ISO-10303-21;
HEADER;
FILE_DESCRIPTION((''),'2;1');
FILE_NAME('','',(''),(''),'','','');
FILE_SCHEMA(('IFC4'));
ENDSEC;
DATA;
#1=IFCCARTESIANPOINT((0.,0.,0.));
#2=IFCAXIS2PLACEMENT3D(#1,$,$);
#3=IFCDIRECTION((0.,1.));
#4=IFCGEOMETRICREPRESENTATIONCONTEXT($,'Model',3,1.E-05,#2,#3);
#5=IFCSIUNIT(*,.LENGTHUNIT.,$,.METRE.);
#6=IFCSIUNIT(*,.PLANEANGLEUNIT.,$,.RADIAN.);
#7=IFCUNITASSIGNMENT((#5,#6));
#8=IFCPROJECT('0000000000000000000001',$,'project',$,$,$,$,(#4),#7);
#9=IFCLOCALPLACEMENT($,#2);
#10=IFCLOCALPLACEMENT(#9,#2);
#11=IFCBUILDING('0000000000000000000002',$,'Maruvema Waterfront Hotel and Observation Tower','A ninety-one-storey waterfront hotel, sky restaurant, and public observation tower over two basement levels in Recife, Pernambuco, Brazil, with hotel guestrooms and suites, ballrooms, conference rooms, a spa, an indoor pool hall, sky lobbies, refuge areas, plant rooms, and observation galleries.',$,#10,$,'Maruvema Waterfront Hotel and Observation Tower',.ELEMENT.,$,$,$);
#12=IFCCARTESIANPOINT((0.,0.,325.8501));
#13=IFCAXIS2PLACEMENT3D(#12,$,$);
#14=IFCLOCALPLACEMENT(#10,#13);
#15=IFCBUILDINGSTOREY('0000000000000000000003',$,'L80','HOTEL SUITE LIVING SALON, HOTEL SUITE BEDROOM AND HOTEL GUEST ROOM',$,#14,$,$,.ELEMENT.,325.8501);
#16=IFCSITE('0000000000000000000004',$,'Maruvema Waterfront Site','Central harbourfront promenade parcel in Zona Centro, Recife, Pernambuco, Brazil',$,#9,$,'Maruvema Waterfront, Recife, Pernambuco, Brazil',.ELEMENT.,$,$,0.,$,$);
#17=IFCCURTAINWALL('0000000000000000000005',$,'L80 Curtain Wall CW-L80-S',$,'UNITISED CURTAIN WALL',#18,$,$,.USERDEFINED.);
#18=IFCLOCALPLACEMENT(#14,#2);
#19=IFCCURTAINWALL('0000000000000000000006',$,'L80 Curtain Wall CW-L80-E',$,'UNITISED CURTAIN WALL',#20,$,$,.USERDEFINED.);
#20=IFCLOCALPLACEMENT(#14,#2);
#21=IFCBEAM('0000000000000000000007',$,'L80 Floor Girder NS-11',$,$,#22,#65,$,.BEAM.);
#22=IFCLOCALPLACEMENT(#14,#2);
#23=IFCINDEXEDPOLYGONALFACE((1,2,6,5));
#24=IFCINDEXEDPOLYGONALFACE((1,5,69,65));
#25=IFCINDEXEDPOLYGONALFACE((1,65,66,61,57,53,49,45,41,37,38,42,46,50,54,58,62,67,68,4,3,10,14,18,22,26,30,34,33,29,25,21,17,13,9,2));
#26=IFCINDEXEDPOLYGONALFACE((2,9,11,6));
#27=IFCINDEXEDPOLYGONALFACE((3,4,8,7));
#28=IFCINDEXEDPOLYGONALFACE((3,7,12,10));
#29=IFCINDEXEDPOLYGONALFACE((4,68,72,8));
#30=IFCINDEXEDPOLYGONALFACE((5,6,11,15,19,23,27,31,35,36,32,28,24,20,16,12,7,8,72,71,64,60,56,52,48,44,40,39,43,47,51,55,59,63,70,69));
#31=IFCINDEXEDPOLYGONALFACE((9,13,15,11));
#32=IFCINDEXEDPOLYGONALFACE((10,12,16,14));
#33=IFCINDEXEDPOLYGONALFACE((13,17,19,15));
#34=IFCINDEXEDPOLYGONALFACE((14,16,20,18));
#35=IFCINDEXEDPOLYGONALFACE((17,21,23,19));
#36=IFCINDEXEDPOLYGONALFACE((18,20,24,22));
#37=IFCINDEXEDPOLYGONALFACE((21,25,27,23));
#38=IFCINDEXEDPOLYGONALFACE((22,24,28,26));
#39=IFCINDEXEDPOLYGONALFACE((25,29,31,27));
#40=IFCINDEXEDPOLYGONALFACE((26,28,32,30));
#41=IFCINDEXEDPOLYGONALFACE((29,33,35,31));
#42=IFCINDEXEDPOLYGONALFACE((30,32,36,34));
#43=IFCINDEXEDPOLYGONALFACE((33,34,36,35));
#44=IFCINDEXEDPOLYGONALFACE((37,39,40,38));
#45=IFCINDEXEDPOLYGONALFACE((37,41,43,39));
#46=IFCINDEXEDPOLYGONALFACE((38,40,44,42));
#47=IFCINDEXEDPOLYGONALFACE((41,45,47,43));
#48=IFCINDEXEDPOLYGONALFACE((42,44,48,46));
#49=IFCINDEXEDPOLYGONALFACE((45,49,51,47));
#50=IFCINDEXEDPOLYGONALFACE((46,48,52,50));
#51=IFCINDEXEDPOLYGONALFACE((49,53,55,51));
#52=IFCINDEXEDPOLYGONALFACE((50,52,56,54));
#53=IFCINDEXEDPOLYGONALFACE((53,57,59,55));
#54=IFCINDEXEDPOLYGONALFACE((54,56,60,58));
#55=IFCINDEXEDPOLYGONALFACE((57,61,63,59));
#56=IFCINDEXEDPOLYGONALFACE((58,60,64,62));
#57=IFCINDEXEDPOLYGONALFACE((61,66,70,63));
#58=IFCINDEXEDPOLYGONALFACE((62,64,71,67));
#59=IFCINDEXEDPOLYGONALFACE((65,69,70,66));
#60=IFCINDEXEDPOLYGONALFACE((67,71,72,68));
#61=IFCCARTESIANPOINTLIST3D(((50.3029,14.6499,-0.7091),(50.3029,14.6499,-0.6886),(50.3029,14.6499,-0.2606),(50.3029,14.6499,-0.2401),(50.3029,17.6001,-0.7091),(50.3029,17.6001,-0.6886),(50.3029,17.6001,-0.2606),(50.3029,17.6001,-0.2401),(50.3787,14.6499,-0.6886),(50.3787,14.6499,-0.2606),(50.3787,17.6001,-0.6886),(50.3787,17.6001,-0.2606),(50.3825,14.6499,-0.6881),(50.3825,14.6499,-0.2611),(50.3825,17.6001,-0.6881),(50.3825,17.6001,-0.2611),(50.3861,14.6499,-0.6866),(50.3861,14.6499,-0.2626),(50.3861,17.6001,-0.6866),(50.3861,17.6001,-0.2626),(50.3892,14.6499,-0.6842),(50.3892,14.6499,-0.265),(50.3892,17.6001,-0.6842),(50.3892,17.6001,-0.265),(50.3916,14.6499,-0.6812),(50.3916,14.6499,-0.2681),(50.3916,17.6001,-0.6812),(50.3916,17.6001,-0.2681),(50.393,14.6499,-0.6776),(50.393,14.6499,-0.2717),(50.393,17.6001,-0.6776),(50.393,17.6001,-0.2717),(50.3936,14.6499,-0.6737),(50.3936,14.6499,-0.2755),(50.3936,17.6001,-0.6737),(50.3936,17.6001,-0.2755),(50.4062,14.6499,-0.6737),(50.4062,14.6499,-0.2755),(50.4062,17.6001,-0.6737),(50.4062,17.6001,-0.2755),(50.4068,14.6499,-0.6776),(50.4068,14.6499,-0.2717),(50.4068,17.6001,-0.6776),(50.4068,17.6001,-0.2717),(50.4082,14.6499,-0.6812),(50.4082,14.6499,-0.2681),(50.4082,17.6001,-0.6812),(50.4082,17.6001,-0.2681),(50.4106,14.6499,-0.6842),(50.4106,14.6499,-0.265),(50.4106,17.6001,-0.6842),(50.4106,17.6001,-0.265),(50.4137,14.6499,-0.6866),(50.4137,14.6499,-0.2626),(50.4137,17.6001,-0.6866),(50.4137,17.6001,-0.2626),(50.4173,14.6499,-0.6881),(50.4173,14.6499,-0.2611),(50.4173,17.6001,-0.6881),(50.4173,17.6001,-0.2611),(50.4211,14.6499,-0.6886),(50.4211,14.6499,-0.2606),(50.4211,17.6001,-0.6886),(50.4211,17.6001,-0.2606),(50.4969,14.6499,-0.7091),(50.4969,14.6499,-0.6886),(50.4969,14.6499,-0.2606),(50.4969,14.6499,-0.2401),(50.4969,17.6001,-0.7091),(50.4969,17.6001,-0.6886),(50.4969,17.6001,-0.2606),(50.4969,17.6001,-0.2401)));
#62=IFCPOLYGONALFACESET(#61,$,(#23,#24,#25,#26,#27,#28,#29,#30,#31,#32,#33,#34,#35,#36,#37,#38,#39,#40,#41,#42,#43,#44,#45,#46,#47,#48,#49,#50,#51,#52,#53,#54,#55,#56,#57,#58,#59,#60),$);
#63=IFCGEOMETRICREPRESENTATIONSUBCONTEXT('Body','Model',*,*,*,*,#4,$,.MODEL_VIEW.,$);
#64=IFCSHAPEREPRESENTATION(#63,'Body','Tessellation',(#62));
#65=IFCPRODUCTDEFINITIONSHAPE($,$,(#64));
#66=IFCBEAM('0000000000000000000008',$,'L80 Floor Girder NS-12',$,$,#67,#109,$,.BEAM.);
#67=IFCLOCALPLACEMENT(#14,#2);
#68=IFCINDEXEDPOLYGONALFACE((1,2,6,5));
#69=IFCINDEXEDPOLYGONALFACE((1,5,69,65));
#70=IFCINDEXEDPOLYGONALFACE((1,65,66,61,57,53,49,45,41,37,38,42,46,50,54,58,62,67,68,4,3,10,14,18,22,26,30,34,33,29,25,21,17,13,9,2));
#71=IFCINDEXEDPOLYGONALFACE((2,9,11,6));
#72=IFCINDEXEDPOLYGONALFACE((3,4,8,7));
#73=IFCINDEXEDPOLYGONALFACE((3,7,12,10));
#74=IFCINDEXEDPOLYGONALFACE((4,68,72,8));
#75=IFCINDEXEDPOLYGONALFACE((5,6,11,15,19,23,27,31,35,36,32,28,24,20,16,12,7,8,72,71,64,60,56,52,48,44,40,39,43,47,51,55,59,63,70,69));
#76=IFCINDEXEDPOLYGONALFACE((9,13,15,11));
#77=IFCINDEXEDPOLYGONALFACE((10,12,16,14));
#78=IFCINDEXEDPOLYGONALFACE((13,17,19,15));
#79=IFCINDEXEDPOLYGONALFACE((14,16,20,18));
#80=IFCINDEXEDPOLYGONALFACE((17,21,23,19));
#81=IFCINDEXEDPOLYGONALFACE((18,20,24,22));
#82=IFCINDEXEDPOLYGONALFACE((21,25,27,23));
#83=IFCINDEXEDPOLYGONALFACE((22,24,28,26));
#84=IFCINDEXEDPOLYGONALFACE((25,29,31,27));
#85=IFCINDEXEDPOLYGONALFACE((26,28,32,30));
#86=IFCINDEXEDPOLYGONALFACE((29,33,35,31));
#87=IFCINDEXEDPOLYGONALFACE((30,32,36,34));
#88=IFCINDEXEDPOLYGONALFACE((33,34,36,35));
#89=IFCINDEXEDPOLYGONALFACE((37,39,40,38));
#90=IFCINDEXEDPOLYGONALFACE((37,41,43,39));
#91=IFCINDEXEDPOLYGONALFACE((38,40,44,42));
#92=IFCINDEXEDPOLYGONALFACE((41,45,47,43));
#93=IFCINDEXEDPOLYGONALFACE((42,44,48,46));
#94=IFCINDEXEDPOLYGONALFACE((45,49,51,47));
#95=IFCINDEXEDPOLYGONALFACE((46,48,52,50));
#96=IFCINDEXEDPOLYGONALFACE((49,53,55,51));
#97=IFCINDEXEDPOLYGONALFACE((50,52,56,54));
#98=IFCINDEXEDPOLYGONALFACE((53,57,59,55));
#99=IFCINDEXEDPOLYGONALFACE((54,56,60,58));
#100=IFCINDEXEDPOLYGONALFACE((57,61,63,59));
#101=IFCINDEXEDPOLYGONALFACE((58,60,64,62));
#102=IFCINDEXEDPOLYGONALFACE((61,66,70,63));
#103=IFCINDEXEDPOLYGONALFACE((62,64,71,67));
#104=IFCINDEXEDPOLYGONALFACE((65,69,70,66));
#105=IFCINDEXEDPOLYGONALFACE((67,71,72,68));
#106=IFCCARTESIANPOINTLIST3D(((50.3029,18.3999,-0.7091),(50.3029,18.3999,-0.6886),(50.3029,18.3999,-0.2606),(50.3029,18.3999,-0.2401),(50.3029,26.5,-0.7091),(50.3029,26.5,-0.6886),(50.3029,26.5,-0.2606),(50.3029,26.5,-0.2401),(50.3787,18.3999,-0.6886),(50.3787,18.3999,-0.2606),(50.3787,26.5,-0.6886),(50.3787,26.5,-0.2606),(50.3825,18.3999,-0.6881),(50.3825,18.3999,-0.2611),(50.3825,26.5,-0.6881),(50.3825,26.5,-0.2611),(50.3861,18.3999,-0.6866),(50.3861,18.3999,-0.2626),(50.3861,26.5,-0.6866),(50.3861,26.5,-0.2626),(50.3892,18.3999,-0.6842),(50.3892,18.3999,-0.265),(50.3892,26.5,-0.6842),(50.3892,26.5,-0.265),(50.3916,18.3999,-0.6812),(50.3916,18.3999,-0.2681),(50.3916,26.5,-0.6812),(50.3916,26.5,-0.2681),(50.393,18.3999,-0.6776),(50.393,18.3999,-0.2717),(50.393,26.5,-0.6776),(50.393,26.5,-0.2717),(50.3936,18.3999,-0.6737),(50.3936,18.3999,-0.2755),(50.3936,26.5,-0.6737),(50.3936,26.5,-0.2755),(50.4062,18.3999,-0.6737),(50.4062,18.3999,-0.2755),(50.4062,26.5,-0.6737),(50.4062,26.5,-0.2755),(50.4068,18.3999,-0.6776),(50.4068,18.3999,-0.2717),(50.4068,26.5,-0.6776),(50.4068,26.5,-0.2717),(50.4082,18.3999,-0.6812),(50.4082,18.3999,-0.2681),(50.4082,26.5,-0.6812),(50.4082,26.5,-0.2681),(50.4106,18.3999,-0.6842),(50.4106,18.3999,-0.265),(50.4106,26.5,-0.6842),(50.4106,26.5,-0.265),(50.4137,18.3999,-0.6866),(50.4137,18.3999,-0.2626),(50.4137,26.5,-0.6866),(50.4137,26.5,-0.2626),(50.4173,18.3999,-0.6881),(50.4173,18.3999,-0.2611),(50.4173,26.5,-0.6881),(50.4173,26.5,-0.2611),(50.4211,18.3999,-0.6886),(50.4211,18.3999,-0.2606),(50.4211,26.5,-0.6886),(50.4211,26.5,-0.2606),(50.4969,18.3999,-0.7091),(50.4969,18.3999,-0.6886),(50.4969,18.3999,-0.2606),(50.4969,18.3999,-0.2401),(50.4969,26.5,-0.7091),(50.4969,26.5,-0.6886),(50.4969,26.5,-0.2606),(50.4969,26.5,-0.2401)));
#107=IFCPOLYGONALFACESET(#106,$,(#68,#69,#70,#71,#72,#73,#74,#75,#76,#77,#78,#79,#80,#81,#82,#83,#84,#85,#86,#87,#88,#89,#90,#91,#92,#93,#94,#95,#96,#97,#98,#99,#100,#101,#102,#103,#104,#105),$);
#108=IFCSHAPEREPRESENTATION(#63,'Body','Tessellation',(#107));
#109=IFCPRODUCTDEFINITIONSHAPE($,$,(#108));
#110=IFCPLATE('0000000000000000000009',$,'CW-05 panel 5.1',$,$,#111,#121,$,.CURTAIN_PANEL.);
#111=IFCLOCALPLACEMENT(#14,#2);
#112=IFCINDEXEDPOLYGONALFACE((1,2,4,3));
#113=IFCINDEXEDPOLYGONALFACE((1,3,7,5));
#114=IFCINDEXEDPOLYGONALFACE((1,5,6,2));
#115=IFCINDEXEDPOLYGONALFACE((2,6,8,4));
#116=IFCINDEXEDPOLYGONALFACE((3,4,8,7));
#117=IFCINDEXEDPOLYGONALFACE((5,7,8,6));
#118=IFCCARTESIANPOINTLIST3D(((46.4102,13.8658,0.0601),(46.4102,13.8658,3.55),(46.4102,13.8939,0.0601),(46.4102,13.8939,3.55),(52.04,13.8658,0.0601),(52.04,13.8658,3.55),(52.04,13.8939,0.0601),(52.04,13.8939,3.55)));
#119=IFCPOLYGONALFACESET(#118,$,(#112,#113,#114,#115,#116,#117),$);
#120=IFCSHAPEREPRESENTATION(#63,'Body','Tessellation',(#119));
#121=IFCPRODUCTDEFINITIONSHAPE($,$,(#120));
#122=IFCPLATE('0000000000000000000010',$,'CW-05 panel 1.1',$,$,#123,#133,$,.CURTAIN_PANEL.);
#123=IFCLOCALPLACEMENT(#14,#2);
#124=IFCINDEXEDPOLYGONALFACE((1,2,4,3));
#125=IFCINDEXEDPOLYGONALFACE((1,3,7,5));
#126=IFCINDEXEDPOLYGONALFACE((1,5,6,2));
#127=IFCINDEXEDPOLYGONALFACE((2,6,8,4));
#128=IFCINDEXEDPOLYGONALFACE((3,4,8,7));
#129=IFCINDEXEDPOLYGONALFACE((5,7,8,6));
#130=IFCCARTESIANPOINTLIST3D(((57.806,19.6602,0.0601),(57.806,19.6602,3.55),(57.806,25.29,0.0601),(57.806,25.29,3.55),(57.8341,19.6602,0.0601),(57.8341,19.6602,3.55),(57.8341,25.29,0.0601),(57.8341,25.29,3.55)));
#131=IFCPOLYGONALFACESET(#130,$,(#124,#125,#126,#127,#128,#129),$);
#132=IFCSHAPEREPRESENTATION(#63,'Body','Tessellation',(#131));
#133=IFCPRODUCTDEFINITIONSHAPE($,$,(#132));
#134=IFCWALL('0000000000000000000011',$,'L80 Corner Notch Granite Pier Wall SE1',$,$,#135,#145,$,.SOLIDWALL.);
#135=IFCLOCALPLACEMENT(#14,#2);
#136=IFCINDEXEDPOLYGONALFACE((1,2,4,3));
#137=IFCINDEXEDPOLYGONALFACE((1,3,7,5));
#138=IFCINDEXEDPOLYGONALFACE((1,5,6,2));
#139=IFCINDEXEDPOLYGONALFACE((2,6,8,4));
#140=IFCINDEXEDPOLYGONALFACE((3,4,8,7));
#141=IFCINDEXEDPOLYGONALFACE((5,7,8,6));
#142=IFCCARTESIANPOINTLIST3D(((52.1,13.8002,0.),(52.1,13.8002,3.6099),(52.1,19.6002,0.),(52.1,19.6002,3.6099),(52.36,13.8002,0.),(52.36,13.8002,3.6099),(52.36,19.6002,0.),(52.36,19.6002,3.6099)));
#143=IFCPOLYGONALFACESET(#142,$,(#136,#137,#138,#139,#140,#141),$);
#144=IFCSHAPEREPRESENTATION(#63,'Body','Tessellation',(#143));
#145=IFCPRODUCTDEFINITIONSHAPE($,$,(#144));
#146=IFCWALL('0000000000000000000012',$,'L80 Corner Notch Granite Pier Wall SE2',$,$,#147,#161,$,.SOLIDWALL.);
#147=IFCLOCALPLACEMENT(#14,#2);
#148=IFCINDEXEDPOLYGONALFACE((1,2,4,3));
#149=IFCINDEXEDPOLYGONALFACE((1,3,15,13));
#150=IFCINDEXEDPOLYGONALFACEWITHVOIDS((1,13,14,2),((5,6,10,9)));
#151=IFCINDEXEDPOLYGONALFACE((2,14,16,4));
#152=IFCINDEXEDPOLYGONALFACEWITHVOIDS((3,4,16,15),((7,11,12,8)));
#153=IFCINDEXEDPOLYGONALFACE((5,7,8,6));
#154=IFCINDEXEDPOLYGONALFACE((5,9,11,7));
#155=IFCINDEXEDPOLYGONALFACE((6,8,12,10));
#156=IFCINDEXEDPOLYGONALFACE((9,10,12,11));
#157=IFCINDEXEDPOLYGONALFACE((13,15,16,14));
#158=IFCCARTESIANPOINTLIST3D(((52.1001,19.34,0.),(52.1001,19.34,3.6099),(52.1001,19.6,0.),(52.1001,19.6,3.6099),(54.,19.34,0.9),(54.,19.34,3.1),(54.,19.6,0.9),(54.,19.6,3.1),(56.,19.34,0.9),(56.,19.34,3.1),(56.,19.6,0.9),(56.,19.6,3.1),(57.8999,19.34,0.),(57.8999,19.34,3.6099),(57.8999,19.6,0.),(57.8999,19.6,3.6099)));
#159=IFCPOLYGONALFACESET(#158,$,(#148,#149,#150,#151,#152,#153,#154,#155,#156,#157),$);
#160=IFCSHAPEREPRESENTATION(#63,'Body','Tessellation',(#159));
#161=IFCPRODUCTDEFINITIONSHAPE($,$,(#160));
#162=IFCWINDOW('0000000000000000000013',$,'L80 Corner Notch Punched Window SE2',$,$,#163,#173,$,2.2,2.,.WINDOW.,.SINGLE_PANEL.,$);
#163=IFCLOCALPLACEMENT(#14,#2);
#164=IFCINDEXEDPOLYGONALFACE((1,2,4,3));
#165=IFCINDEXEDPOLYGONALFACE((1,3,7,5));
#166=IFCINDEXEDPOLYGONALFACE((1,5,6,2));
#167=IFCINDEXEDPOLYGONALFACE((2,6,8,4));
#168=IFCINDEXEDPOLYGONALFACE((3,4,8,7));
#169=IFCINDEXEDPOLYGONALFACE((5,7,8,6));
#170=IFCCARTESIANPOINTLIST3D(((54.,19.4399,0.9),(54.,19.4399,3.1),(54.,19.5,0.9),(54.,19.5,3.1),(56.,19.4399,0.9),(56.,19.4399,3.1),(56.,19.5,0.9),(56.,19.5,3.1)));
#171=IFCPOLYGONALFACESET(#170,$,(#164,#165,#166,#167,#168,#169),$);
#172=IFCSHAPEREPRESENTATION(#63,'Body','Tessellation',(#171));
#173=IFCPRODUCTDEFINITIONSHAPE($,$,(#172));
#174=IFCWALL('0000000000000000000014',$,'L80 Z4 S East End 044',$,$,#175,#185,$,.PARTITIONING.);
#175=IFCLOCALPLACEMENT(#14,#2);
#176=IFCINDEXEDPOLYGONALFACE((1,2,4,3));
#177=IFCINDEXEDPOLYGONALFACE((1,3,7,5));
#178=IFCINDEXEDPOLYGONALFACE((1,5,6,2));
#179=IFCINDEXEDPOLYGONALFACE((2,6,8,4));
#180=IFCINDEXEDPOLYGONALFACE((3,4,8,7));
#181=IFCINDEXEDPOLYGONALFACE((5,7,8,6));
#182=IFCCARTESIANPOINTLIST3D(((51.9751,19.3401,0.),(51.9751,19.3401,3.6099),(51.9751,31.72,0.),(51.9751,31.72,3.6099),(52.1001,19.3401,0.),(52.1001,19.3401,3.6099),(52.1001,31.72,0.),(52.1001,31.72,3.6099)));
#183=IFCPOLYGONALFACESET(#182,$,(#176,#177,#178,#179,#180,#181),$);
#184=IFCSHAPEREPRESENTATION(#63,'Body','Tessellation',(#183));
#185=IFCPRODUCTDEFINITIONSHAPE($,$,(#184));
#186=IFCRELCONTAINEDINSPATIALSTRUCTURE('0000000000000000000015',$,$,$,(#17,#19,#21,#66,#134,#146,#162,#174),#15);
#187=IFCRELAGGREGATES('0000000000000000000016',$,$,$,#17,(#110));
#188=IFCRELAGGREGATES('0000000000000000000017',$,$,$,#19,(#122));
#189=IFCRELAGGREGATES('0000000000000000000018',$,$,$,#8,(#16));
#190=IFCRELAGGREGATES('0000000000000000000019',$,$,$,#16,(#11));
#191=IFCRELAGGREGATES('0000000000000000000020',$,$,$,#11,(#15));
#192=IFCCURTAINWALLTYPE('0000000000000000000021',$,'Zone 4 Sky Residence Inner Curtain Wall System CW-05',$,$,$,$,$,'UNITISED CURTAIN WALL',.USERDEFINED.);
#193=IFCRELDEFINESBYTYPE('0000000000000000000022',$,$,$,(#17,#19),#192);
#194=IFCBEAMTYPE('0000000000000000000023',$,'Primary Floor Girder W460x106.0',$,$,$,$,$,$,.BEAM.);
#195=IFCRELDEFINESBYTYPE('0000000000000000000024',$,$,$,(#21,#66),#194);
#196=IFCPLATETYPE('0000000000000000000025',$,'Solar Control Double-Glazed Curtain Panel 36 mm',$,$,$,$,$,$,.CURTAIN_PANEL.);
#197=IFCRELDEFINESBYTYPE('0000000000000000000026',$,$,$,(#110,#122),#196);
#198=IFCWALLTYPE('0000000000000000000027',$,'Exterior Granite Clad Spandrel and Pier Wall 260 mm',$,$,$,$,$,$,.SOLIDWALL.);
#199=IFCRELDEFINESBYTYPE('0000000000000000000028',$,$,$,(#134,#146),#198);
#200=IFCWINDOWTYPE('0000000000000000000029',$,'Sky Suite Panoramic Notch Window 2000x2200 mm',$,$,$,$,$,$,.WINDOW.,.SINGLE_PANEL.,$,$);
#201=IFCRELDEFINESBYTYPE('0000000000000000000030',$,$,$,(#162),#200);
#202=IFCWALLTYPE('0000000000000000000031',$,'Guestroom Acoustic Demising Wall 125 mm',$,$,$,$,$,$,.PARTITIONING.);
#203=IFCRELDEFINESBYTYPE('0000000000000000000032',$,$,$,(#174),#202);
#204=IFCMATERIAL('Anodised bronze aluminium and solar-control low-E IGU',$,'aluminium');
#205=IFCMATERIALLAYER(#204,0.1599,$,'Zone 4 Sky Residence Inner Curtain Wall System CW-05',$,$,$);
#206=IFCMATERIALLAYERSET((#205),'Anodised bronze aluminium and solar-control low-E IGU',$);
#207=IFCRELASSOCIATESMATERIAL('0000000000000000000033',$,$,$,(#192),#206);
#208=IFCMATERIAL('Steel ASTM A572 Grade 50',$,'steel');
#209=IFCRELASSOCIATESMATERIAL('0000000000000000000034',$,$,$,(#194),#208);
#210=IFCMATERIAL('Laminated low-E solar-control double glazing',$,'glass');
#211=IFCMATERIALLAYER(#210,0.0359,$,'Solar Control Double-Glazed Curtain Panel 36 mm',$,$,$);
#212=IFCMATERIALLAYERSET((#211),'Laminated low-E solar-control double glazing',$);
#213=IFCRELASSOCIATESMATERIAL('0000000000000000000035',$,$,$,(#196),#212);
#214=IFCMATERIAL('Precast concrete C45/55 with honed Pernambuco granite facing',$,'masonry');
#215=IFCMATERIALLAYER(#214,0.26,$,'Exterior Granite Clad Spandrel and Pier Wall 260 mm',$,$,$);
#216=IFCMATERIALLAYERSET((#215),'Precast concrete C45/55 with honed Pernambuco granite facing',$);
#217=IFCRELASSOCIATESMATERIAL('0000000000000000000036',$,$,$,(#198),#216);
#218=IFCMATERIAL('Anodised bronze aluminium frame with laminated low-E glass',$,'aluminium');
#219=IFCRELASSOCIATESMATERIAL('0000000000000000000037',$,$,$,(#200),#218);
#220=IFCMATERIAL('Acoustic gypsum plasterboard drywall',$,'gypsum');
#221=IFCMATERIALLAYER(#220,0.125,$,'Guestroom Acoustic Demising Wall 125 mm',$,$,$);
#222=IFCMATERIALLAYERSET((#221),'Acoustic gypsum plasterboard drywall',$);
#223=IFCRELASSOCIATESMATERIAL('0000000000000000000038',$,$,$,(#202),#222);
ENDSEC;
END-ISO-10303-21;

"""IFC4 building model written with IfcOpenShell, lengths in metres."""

from ifc_helpers import new_model, si_unit, direction, frame, frame_2d, origin, origin_2d, place, context, subcontext, project, spatial, rectangle, i_section, extrude, material, layer, layer_set, material_profile, profile_set, type_object, element, fill, aggregate, save


model = new_model("IFC4")

# Units and contexts
model_context = context("Model", 3, precision=1e-05, world=origin(), true_north=direction((0.0, 1.0)))
body_context = subcontext(model_context, "Body", "Model", "MODEL_VIEW")
ifc_project = project(units=[si_unit("LENGTHUNIT", "METRE"), si_unit("PLANEANGLEUNIT", "RADIAN")], contexts=[model_context])

# Site, building, storey
site_placement = place(None, origin())
site = spatial("IfcSite", under=ifc_project, at=site_placement, Name="Maruvema Waterfront Site", Description="Central harbourfront promenade parcel in Zona Centro, Recife, Pernambuco, Brazil", LongName="Maruvema Waterfront, Recife, Pernambuco, Brazil", CompositionType="ELEMENT", RefElevation=0.0)
building_placement = place(site_placement, origin())
building = spatial("IfcBuilding", under=site, at=building_placement, Name="Maruvema Waterfront Hotel and Observation Tower", Description="A ninety-one-storey waterfront hotel, sky restaurant, and public observation tower over two basement levels in Recife, Pernambuco, Brazil, with hotel guestrooms and suites, ballrooms, conference rooms, a spa, an indoor pool hall, sky lobbies, refuge areas, plant rooms, and observation galleries.", LongName="Maruvema Waterfront Hotel and Observation Tower", CompositionType="ELEMENT")
storey_placement = place(building_placement, frame((0.0, 0.0, 325.8501)))
storey = spatial("IfcBuildingStorey", under=building, at=storey_placement, Name="L80", Description="HOTEL SUITE LIVING SALON, HOTEL SUITE BEDROOM AND HOTEL GUEST ROOM", CompositionType="ELEMENT", Elevation=325.8501)

# Curtain walls
ifc_material_1 = material(Name="Anodised bronze aluminium and solar-control low-E IGU", Category="aluminium")
ifc_layer_1 = layer(ifc_material_1, 0.1599, Name="Zone 4 Sky Residence Inner Curtain Wall System CW-05")
ifc_layer_set_1 = layer_set([ifc_layer_1], Name="Anodised bronze aluminium and solar-control low-E IGU")
curtain_wall_type = type_object("IfcCurtainWallType", Name="Zone 4 Sky Residence Inner Curtain Wall System CW-05", ElementType="UNITISED CURTAIN WALL", PredefinedType="USERDEFINED", material=ifc_layer_set_1)
curtain_wall_1_placement = place(storey_placement, origin())
curtain_wall_1 = element("IfcCurtainWall", 1, at=curtain_wall_1_placement, inside=storey, type_object=curtain_wall_type, Name="L80 Curtain Wall CW-L80-S", ObjectType="UNITISED CURTAIN WALL", PredefinedType="USERDEFINED")
curtain_wall_2_placement = place(storey_placement, origin())
curtain_wall_2 = element("IfcCurtainWall", 2, at=curtain_wall_2_placement, inside=storey, type_object=curtain_wall_type, Name="L80 Curtain Wall CW-L80-E", ObjectType="UNITISED CURTAIN WALL", PredefinedType="USERDEFINED")

# Beams
ifc_material_2 = material(Name="Steel ASTM A572 Grade 50", Category="steel")
ifc_material_profile_1 = material_profile(ifc_material_2, i_section(OverallWidth=0.1941, OverallDepth=0.469, WebThickness=0.0127, FlangeThickness=0.0205, FilletRadius=0.0149, at=origin_2d()), Name="W460x106.0")
ifc_profile_set_1 = profile_set([ifc_material_profile_1], Name="Steel ASTM A572 Grade 50")
beam_type = type_object("IfcBeamType", Name="Primary Floor Girder W460x106.0", PredefinedType="BEAM", material=ifc_profile_set_1)
beam_1_placement = place(storey_placement, frame((50.3999, 14.6499, -0.4746), z_axis=(0.0, 1.0, 0.0), x_axis=(-1.0, 0.0, 0.0)))
element("IfcBeam", 3, at=beam_1_placement, inside=storey, type_object=beam_type, Name="L80 Floor Girder NS-11", PredefinedType="BEAM", context=body_context, shape_type="SweptSolid", body=[
    extrude(i_section(OverallWidth=0.1941, OverallDepth=0.469, WebThickness=0.0127, FlangeThickness=0.0205, FilletRadius=0.0149, at=origin_2d()), origin(), (0.0, 0.0, 1.0), 2.9502),
])
beam_2_placement = place(storey_placement, frame((50.3999, 18.3999, -0.4746), z_axis=(0.0, 1.0, 0.0), x_axis=(-1.0, 0.0, 0.0)))
element("IfcBeam", 4, at=beam_2_placement, inside=storey, type_object=beam_type, Name="L80 Floor Girder NS-12", PredefinedType="BEAM", context=body_context, shape_type="SweptSolid", body=[
    extrude(i_section(OverallWidth=0.1941, OverallDepth=0.469, WebThickness=0.0127, FlangeThickness=0.0205, FilletRadius=0.0149, at=origin_2d()), origin(), (0.0, 0.0, 1.0), 8.1001),
])

# Plates
ifc_material_3 = material(Name="Laminated low-E solar-control double glazing", Category="glass")
ifc_layer_2 = layer(ifc_material_3, 0.0359, Name="Solar Control Double-Glazed Curtain Panel 36 mm")
ifc_layer_set_2 = layer_set([ifc_layer_2], Name="Laminated low-E solar-control double glazing")
plate_type = type_object("IfcPlateType", Name="Solar Control Double-Glazed Curtain Panel 36 mm", PredefinedType="CURTAIN_PANEL", material=ifc_layer_set_2)
plate_1_placement = place(storey_placement, frame((49.2251, 13.8799, 0.0601), z_axis=(0.0, 0.0, 1.0), x_axis=(1.0, 0.0, 0.0)))
plate_1 = element("IfcPlate", 5, at=plate_1_placement, type_object=plate_type, Name="CW-05 panel 5.1", PredefinedType="CURTAIN_PANEL", context=body_context, shape_type="SweptSolid", body=[
    extrude(rectangle(XDim=5.6299, YDim=0.0281, at=origin_2d()), origin(), (0.0, 0.0, 1.0), 3.49),
])
aggregate(curtain_wall_1, [plate_1])
plate_2_placement = place(storey_placement, frame((57.8201, 22.4751, 0.0601), z_axis=(0.0, 0.0, 1.0), x_axis=(0.0, 1.0, 0.0)))
plate_2 = element("IfcPlate", 6, at=plate_2_placement, type_object=plate_type, Name="CW-05 panel 1.1", PredefinedType="CURTAIN_PANEL", context=body_context, shape_type="SweptSolid", body=[
    extrude(rectangle(XDim=5.6299, YDim=0.0281, at=origin_2d()), origin(), (0.0, 0.0, 1.0), 3.49),
])
aggregate(curtain_wall_2, [plate_2])

# Wall
ifc_material_4 = material(Name="Precast concrete C45/55 with honed Pernambuco granite facing", Category="masonry")
ifc_layer_3 = layer(ifc_material_4, 0.26, Name="Exterior Granite Clad Spandrel and Pier Wall 260 mm")
ifc_layer_set_3 = layer_set([ifc_layer_3], Name="Precast concrete C45/55 with honed Pernambuco granite facing")
wall_type_1 = type_object("IfcWallType", Name="Exterior Granite Clad Spandrel and Pier Wall 260 mm", PredefinedType="SOLIDWALL", material=ifc_layer_set_3)
wall_1_placement = place(storey_placement, frame((52.23, 19.6001, 0.0), z_axis=(0.0, 0.0, 1.0), x_axis=(0.0, -1.0, 0.0)))
element("IfcWall", 7, at=wall_1_placement, inside=storey, type_object=wall_type_1, Name="L80 Corner Notch Granite Pier Wall SE1", PredefinedType="SOLIDWALL", context=body_context, shape_type="SweptSolid", body=[
    extrude(rectangle(XDim=5.8, YDim=0.26, at=frame_2d((2.8999, 0.0))), origin(), (0.0, 0.0, 1.0), 3.6099),
])

# Wall, opening, window
wall_2_placement = place(storey_placement, frame((57.8999, 19.47, 0.0), z_axis=(0.0, 0.0, 1.0), x_axis=(-1.0, 0.0, 0.0)))
wall_2 = element("IfcWall", 8, at=wall_2_placement, inside=storey, type_object=wall_type_1, Name="L80 Corner Notch Granite Pier Wall SE2", PredefinedType="SOLIDWALL", context=body_context, shape_type="SweptSolid", body=[
    extrude(rectangle(XDim=5.7998, YDim=0.26, at=frame_2d((2.8999, 0.0))), origin(), (0.0, 0.0, 1.0), 3.6099),
])
opening_placement = place(wall_2_placement, frame((1.8999, 0.0, 0.8999)))
opening = element("IfcOpeningElement", 9, at=opening_placement, cuts=wall_2, PredefinedType="OPENING", context=body_context, shape_type="SweptSolid", body=[
    extrude(rectangle(XDim=2.0, YDim=2.2, at=frame_2d((1.0, 1.1001))), frame((0.0, 0.1401, 0.0), z_axis=(0.0, -1.0, 0.0), x_axis=(1.0, 0.0, 0.0)), (0.0, 0.0, 1.0), 0.28),
])
ifc_material_5 = material(Name="Anodised bronze aluminium frame with laminated low-E glass", Category="aluminium")
window_type = type_object("IfcWindowType", Name="Sky Suite Panoramic Notch Window 2000x2200 mm", PartitioningType="SINGLE_PANEL", PredefinedType="WINDOW", material=ifc_material_5)
window_placement = place(opening_placement, origin())
window = element("IfcWindow", 10, at=window_placement, inside=storey, type_object=window_type, Name="L80 Corner Notch Punched Window SE2", OverallHeight=2.2, OverallWidth=2.0, PartitioningType="SINGLE_PANEL", PredefinedType="WINDOW", context=body_context, shape_type="SweptSolid", body=[
    extrude(rectangle(XDim=2.0, YDim=2.2, at=frame_2d((1.0, 1.1001))), frame((0.0, 0.03, 0.0), z_axis=(0.0, -1.0, 0.0), x_axis=(1.0, 0.0, 0.0)), (0.0, 0.0, 1.0), 0.0601),
])
fill(opening, window)

# Wall
ifc_material_6 = material(Name="Acoustic gypsum plasterboard drywall", Category="gypsum")
ifc_layer_4 = layer(ifc_material_6, 0.125, Name="Guestroom Acoustic Demising Wall 125 mm")
ifc_layer_set_4 = layer_set([ifc_layer_4], Name="Acoustic gypsum plasterboard drywall")
wall_type_2 = type_object("IfcWallType", Name="Guestroom Acoustic Demising Wall 125 mm", PredefinedType="PARTITIONING", material=ifc_layer_set_4)
wall_3_placement = place(storey_placement, frame((52.0376, 19.3401, 0.0), z_axis=(0.0, 0.0, 1.0), x_axis=(0.0, 1.0, 0.0)))
element("IfcWall", 11, at=wall_3_placement, inside=storey, type_object=wall_type_2, Name="L80 Z4 S East End 044", PredefinedType="PARTITIONING", context=body_context, shape_type="SweptSolid", body=[
    extrude(rectangle(XDim=12.3799, YDim=0.125, at=frame_2d((6.1899, 0.0))), origin(), (0.0, 0.0, 1.0), 3.6099),
])

save(model, "model.ifc")
